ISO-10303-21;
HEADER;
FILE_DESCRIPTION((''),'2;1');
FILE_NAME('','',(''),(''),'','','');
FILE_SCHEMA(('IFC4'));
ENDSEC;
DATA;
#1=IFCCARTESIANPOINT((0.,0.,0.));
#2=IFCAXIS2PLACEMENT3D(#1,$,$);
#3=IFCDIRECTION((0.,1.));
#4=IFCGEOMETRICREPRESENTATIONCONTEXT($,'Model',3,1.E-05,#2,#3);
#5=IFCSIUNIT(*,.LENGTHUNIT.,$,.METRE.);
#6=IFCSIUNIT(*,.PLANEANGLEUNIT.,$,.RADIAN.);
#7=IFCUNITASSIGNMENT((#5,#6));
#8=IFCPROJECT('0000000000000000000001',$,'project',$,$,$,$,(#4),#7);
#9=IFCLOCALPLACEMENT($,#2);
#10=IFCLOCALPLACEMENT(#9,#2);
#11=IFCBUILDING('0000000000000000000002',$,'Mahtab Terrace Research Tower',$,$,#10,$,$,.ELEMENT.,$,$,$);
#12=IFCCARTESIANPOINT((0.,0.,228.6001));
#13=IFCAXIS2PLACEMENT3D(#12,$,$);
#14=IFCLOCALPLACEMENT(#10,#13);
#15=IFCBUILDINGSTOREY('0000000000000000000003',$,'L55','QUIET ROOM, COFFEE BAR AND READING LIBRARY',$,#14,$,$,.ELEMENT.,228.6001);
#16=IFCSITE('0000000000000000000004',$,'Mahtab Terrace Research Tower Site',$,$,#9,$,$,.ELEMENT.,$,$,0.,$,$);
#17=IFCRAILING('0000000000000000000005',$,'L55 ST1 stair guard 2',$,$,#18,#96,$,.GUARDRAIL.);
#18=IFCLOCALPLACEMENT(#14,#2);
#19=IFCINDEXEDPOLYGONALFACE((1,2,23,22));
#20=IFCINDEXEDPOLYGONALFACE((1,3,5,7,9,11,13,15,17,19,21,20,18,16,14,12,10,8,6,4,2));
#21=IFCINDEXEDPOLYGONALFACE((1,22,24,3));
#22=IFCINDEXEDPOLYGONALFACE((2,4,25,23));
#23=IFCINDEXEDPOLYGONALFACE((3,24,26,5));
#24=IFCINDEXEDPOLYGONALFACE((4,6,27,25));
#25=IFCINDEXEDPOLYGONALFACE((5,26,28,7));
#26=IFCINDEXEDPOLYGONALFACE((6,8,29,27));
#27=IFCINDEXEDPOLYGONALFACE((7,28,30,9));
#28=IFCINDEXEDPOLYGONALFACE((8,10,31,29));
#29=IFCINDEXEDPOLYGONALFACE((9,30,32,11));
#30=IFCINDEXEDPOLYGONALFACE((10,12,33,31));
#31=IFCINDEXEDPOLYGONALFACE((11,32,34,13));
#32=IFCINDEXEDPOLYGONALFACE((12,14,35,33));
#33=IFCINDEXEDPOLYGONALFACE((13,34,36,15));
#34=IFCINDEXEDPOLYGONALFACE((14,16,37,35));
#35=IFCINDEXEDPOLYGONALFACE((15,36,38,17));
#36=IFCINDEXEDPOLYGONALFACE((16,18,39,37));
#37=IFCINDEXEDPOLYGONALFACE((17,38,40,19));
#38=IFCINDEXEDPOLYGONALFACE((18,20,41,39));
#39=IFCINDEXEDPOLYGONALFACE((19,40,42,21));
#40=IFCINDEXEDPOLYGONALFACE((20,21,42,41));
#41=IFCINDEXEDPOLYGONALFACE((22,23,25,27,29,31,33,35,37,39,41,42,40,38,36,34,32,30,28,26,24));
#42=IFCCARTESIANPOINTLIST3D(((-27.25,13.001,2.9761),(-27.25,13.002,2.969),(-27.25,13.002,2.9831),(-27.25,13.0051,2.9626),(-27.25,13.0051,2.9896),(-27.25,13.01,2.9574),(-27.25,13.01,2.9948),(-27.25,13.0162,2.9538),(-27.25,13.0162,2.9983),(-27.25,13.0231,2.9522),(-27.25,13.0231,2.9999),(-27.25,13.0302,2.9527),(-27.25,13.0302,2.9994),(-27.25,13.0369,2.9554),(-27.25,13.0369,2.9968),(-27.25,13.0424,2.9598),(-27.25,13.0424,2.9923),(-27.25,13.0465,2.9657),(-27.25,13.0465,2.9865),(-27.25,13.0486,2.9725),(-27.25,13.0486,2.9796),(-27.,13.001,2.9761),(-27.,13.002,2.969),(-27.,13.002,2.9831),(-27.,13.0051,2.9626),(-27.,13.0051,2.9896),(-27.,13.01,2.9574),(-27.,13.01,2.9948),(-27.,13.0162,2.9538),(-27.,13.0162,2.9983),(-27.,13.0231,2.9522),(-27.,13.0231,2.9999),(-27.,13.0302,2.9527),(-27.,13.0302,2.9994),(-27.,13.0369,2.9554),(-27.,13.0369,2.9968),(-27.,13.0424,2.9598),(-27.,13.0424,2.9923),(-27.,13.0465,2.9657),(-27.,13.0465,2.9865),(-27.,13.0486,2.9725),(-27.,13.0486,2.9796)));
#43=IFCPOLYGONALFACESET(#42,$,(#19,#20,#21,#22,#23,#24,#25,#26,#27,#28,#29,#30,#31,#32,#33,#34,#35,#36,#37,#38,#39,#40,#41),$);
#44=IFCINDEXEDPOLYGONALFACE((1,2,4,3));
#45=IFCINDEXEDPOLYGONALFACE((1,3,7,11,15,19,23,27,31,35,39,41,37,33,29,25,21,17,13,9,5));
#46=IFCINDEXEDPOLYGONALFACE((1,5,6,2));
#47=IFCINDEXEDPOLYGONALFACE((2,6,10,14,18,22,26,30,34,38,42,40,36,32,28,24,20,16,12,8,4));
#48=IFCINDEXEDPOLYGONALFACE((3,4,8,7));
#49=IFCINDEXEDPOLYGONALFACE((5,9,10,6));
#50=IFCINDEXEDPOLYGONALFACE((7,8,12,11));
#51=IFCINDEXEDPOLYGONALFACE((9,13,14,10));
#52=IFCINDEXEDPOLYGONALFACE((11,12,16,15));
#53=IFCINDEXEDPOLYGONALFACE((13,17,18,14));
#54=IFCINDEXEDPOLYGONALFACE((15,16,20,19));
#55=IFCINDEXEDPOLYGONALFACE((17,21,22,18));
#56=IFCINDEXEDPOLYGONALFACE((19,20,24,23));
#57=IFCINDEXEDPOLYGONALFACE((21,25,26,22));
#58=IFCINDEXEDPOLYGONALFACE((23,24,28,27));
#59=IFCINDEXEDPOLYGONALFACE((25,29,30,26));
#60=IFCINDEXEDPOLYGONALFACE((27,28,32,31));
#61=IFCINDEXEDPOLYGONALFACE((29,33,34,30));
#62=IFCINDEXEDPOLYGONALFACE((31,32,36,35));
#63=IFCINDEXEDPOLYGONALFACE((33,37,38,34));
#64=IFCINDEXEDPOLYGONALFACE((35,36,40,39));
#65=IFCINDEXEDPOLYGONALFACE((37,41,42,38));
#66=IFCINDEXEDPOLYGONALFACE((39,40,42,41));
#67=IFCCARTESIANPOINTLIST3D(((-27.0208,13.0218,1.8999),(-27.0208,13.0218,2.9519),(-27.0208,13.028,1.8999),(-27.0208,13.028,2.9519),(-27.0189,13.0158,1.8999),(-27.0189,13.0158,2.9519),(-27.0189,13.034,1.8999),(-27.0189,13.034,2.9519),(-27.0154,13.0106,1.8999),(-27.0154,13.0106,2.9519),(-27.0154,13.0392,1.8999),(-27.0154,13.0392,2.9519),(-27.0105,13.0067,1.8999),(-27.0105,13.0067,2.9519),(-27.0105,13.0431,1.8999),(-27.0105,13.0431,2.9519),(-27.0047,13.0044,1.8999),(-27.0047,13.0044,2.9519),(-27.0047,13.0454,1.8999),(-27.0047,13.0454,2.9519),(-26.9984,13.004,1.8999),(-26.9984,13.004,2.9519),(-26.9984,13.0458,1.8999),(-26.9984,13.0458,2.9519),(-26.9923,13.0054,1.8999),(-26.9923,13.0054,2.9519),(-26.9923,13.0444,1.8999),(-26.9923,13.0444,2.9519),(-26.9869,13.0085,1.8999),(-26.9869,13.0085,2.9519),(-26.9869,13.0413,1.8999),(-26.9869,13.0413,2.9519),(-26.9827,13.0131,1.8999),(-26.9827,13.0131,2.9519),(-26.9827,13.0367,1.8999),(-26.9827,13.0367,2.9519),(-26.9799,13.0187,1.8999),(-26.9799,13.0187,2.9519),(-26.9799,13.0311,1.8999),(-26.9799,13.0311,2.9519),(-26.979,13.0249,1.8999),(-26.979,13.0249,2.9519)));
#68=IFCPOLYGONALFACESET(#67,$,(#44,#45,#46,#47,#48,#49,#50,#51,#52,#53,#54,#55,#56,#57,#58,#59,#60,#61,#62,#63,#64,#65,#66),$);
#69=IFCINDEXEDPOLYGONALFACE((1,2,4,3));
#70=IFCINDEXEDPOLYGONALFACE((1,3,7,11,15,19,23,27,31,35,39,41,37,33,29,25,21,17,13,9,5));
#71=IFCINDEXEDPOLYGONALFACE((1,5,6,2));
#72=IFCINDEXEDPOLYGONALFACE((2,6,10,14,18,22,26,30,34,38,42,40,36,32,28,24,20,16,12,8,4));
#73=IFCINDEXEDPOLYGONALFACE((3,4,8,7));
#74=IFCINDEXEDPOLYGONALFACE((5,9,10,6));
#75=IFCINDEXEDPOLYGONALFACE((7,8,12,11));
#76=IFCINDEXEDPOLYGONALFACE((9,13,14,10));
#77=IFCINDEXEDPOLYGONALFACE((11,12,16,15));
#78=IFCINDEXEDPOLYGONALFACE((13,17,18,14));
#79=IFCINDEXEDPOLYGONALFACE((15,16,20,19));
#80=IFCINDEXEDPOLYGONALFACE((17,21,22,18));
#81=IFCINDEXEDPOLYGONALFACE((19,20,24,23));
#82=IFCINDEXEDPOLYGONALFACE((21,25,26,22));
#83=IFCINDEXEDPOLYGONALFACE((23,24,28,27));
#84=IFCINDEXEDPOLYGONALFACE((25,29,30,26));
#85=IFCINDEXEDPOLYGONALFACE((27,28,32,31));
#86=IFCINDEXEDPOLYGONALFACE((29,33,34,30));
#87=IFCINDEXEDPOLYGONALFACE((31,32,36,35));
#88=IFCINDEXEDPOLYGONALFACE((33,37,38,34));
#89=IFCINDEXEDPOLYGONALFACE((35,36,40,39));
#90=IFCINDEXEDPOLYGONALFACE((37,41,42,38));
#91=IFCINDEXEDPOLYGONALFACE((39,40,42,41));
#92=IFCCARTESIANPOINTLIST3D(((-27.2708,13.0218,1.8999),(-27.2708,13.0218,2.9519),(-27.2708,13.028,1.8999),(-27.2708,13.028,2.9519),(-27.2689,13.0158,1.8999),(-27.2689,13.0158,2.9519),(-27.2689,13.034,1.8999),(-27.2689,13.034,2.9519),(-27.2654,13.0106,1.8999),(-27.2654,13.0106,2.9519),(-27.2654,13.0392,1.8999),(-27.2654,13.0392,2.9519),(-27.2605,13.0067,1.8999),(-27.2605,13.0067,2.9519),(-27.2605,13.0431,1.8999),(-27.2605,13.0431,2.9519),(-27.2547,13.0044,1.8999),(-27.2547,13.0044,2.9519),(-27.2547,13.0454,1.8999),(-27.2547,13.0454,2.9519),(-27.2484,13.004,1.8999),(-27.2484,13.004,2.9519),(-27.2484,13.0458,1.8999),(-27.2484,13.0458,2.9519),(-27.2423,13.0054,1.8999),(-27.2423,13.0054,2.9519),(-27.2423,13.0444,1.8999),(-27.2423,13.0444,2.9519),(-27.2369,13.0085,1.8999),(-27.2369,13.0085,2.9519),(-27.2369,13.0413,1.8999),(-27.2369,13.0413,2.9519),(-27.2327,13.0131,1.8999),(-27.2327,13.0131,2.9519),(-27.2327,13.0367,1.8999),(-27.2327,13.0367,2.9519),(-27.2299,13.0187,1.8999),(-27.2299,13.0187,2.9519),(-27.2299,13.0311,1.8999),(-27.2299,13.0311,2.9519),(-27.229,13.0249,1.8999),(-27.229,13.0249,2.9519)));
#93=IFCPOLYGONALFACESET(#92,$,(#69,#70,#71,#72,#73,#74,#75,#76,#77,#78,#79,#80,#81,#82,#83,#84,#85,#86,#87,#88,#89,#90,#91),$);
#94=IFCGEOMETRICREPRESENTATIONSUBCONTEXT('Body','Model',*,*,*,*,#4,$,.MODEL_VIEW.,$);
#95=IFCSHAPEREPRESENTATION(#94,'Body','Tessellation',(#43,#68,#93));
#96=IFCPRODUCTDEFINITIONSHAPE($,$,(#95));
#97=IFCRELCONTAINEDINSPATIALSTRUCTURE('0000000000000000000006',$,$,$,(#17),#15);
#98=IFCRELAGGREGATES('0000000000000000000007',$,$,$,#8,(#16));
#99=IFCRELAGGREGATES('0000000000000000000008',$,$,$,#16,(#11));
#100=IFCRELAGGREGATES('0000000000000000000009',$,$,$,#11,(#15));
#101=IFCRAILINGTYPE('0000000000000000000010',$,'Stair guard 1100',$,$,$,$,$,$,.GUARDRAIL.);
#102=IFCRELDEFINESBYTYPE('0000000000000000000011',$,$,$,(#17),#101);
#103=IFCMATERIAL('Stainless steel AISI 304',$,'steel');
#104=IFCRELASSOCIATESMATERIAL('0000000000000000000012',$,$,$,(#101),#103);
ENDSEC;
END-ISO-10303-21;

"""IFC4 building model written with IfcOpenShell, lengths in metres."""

from ifc_helpers import new_model, si_unit, direction, frame, origin, origin_2d, place, context, subcontext, project, spatial, circle, extrude, material, type_object, element, save


model = new_model("IFC4")

# Units and contexts
model_context = context("Model", 3, precision=1e-05, world=origin(), true_north=direction((0.0, 1.0)))
body_context = subcontext(model_context, "Body", "Model", "MODEL_VIEW")
ifc_project = project(units=[si_unit("LENGTHUNIT", "METRE"), si_unit("PLANEANGLEUNIT", "RADIAN")], contexts=[model_context])

# Site, building, storey
site_placement = place(None, origin())
site = spatial("IfcSite", under=ifc_project, at=site_placement, Name="Mahtab Terrace Research Tower Site", CompositionType="ELEMENT", RefElevation=0.0)
building_placement = place(site_placement, origin())
building = spatial("IfcBuilding", under=site, at=building_placement, Name="Mahtab Terrace Research Tower", CompositionType="ELEMENT")
storey_placement = place(building_placement, frame((0.0, 0.0, 228.6001)))
storey = spatial("IfcBuildingStorey", under=building, at=storey_placement, Name="L55", Description="QUIET ROOM, COFFEE BAR AND READING LIBRARY", CompositionType="ELEMENT", Elevation=228.6001)

# Railing
ifc_material_1 = material(Name="Stainless steel AISI 304", Category="steel")
railing_type_1 = type_object("IfcRailingType", Name="Stair guard 1100", PredefinedType="GUARDRAIL", material=ifc_material_1)
railing_1_placement = place(storey_placement, frame((-27.0, 13.0249, 1.8999)))
element("IfcRailing", 1, at=railing_1_placement, inside=storey, type_object=railing_type_1, Name="L55 ST1 stair guard 2", PredefinedType="GUARDRAIL", context=body_context, shape_type="SweptSolid", body=[
    extrude(circle(Radius=0.0239, at=origin_2d()), frame((0.0, 0.0, 1.0762), z_axis=(-1.0, 0.0, 0.0), x_axis=(0.0, -1.0, 0.0)), (0.0, 0.0, 1.0), 0.25),
    extrude(circle(Radius=0.021, at=origin_2d()), origin(), (0.0, 0.0, 1.0), 1.052),
    extrude(circle(Radius=0.021, at=origin_2d()), frame((-0.25, 0.0, 0.0)), (0.0, 0.0, 1.0), 1.052),
])

save(model, "model.ifc")
